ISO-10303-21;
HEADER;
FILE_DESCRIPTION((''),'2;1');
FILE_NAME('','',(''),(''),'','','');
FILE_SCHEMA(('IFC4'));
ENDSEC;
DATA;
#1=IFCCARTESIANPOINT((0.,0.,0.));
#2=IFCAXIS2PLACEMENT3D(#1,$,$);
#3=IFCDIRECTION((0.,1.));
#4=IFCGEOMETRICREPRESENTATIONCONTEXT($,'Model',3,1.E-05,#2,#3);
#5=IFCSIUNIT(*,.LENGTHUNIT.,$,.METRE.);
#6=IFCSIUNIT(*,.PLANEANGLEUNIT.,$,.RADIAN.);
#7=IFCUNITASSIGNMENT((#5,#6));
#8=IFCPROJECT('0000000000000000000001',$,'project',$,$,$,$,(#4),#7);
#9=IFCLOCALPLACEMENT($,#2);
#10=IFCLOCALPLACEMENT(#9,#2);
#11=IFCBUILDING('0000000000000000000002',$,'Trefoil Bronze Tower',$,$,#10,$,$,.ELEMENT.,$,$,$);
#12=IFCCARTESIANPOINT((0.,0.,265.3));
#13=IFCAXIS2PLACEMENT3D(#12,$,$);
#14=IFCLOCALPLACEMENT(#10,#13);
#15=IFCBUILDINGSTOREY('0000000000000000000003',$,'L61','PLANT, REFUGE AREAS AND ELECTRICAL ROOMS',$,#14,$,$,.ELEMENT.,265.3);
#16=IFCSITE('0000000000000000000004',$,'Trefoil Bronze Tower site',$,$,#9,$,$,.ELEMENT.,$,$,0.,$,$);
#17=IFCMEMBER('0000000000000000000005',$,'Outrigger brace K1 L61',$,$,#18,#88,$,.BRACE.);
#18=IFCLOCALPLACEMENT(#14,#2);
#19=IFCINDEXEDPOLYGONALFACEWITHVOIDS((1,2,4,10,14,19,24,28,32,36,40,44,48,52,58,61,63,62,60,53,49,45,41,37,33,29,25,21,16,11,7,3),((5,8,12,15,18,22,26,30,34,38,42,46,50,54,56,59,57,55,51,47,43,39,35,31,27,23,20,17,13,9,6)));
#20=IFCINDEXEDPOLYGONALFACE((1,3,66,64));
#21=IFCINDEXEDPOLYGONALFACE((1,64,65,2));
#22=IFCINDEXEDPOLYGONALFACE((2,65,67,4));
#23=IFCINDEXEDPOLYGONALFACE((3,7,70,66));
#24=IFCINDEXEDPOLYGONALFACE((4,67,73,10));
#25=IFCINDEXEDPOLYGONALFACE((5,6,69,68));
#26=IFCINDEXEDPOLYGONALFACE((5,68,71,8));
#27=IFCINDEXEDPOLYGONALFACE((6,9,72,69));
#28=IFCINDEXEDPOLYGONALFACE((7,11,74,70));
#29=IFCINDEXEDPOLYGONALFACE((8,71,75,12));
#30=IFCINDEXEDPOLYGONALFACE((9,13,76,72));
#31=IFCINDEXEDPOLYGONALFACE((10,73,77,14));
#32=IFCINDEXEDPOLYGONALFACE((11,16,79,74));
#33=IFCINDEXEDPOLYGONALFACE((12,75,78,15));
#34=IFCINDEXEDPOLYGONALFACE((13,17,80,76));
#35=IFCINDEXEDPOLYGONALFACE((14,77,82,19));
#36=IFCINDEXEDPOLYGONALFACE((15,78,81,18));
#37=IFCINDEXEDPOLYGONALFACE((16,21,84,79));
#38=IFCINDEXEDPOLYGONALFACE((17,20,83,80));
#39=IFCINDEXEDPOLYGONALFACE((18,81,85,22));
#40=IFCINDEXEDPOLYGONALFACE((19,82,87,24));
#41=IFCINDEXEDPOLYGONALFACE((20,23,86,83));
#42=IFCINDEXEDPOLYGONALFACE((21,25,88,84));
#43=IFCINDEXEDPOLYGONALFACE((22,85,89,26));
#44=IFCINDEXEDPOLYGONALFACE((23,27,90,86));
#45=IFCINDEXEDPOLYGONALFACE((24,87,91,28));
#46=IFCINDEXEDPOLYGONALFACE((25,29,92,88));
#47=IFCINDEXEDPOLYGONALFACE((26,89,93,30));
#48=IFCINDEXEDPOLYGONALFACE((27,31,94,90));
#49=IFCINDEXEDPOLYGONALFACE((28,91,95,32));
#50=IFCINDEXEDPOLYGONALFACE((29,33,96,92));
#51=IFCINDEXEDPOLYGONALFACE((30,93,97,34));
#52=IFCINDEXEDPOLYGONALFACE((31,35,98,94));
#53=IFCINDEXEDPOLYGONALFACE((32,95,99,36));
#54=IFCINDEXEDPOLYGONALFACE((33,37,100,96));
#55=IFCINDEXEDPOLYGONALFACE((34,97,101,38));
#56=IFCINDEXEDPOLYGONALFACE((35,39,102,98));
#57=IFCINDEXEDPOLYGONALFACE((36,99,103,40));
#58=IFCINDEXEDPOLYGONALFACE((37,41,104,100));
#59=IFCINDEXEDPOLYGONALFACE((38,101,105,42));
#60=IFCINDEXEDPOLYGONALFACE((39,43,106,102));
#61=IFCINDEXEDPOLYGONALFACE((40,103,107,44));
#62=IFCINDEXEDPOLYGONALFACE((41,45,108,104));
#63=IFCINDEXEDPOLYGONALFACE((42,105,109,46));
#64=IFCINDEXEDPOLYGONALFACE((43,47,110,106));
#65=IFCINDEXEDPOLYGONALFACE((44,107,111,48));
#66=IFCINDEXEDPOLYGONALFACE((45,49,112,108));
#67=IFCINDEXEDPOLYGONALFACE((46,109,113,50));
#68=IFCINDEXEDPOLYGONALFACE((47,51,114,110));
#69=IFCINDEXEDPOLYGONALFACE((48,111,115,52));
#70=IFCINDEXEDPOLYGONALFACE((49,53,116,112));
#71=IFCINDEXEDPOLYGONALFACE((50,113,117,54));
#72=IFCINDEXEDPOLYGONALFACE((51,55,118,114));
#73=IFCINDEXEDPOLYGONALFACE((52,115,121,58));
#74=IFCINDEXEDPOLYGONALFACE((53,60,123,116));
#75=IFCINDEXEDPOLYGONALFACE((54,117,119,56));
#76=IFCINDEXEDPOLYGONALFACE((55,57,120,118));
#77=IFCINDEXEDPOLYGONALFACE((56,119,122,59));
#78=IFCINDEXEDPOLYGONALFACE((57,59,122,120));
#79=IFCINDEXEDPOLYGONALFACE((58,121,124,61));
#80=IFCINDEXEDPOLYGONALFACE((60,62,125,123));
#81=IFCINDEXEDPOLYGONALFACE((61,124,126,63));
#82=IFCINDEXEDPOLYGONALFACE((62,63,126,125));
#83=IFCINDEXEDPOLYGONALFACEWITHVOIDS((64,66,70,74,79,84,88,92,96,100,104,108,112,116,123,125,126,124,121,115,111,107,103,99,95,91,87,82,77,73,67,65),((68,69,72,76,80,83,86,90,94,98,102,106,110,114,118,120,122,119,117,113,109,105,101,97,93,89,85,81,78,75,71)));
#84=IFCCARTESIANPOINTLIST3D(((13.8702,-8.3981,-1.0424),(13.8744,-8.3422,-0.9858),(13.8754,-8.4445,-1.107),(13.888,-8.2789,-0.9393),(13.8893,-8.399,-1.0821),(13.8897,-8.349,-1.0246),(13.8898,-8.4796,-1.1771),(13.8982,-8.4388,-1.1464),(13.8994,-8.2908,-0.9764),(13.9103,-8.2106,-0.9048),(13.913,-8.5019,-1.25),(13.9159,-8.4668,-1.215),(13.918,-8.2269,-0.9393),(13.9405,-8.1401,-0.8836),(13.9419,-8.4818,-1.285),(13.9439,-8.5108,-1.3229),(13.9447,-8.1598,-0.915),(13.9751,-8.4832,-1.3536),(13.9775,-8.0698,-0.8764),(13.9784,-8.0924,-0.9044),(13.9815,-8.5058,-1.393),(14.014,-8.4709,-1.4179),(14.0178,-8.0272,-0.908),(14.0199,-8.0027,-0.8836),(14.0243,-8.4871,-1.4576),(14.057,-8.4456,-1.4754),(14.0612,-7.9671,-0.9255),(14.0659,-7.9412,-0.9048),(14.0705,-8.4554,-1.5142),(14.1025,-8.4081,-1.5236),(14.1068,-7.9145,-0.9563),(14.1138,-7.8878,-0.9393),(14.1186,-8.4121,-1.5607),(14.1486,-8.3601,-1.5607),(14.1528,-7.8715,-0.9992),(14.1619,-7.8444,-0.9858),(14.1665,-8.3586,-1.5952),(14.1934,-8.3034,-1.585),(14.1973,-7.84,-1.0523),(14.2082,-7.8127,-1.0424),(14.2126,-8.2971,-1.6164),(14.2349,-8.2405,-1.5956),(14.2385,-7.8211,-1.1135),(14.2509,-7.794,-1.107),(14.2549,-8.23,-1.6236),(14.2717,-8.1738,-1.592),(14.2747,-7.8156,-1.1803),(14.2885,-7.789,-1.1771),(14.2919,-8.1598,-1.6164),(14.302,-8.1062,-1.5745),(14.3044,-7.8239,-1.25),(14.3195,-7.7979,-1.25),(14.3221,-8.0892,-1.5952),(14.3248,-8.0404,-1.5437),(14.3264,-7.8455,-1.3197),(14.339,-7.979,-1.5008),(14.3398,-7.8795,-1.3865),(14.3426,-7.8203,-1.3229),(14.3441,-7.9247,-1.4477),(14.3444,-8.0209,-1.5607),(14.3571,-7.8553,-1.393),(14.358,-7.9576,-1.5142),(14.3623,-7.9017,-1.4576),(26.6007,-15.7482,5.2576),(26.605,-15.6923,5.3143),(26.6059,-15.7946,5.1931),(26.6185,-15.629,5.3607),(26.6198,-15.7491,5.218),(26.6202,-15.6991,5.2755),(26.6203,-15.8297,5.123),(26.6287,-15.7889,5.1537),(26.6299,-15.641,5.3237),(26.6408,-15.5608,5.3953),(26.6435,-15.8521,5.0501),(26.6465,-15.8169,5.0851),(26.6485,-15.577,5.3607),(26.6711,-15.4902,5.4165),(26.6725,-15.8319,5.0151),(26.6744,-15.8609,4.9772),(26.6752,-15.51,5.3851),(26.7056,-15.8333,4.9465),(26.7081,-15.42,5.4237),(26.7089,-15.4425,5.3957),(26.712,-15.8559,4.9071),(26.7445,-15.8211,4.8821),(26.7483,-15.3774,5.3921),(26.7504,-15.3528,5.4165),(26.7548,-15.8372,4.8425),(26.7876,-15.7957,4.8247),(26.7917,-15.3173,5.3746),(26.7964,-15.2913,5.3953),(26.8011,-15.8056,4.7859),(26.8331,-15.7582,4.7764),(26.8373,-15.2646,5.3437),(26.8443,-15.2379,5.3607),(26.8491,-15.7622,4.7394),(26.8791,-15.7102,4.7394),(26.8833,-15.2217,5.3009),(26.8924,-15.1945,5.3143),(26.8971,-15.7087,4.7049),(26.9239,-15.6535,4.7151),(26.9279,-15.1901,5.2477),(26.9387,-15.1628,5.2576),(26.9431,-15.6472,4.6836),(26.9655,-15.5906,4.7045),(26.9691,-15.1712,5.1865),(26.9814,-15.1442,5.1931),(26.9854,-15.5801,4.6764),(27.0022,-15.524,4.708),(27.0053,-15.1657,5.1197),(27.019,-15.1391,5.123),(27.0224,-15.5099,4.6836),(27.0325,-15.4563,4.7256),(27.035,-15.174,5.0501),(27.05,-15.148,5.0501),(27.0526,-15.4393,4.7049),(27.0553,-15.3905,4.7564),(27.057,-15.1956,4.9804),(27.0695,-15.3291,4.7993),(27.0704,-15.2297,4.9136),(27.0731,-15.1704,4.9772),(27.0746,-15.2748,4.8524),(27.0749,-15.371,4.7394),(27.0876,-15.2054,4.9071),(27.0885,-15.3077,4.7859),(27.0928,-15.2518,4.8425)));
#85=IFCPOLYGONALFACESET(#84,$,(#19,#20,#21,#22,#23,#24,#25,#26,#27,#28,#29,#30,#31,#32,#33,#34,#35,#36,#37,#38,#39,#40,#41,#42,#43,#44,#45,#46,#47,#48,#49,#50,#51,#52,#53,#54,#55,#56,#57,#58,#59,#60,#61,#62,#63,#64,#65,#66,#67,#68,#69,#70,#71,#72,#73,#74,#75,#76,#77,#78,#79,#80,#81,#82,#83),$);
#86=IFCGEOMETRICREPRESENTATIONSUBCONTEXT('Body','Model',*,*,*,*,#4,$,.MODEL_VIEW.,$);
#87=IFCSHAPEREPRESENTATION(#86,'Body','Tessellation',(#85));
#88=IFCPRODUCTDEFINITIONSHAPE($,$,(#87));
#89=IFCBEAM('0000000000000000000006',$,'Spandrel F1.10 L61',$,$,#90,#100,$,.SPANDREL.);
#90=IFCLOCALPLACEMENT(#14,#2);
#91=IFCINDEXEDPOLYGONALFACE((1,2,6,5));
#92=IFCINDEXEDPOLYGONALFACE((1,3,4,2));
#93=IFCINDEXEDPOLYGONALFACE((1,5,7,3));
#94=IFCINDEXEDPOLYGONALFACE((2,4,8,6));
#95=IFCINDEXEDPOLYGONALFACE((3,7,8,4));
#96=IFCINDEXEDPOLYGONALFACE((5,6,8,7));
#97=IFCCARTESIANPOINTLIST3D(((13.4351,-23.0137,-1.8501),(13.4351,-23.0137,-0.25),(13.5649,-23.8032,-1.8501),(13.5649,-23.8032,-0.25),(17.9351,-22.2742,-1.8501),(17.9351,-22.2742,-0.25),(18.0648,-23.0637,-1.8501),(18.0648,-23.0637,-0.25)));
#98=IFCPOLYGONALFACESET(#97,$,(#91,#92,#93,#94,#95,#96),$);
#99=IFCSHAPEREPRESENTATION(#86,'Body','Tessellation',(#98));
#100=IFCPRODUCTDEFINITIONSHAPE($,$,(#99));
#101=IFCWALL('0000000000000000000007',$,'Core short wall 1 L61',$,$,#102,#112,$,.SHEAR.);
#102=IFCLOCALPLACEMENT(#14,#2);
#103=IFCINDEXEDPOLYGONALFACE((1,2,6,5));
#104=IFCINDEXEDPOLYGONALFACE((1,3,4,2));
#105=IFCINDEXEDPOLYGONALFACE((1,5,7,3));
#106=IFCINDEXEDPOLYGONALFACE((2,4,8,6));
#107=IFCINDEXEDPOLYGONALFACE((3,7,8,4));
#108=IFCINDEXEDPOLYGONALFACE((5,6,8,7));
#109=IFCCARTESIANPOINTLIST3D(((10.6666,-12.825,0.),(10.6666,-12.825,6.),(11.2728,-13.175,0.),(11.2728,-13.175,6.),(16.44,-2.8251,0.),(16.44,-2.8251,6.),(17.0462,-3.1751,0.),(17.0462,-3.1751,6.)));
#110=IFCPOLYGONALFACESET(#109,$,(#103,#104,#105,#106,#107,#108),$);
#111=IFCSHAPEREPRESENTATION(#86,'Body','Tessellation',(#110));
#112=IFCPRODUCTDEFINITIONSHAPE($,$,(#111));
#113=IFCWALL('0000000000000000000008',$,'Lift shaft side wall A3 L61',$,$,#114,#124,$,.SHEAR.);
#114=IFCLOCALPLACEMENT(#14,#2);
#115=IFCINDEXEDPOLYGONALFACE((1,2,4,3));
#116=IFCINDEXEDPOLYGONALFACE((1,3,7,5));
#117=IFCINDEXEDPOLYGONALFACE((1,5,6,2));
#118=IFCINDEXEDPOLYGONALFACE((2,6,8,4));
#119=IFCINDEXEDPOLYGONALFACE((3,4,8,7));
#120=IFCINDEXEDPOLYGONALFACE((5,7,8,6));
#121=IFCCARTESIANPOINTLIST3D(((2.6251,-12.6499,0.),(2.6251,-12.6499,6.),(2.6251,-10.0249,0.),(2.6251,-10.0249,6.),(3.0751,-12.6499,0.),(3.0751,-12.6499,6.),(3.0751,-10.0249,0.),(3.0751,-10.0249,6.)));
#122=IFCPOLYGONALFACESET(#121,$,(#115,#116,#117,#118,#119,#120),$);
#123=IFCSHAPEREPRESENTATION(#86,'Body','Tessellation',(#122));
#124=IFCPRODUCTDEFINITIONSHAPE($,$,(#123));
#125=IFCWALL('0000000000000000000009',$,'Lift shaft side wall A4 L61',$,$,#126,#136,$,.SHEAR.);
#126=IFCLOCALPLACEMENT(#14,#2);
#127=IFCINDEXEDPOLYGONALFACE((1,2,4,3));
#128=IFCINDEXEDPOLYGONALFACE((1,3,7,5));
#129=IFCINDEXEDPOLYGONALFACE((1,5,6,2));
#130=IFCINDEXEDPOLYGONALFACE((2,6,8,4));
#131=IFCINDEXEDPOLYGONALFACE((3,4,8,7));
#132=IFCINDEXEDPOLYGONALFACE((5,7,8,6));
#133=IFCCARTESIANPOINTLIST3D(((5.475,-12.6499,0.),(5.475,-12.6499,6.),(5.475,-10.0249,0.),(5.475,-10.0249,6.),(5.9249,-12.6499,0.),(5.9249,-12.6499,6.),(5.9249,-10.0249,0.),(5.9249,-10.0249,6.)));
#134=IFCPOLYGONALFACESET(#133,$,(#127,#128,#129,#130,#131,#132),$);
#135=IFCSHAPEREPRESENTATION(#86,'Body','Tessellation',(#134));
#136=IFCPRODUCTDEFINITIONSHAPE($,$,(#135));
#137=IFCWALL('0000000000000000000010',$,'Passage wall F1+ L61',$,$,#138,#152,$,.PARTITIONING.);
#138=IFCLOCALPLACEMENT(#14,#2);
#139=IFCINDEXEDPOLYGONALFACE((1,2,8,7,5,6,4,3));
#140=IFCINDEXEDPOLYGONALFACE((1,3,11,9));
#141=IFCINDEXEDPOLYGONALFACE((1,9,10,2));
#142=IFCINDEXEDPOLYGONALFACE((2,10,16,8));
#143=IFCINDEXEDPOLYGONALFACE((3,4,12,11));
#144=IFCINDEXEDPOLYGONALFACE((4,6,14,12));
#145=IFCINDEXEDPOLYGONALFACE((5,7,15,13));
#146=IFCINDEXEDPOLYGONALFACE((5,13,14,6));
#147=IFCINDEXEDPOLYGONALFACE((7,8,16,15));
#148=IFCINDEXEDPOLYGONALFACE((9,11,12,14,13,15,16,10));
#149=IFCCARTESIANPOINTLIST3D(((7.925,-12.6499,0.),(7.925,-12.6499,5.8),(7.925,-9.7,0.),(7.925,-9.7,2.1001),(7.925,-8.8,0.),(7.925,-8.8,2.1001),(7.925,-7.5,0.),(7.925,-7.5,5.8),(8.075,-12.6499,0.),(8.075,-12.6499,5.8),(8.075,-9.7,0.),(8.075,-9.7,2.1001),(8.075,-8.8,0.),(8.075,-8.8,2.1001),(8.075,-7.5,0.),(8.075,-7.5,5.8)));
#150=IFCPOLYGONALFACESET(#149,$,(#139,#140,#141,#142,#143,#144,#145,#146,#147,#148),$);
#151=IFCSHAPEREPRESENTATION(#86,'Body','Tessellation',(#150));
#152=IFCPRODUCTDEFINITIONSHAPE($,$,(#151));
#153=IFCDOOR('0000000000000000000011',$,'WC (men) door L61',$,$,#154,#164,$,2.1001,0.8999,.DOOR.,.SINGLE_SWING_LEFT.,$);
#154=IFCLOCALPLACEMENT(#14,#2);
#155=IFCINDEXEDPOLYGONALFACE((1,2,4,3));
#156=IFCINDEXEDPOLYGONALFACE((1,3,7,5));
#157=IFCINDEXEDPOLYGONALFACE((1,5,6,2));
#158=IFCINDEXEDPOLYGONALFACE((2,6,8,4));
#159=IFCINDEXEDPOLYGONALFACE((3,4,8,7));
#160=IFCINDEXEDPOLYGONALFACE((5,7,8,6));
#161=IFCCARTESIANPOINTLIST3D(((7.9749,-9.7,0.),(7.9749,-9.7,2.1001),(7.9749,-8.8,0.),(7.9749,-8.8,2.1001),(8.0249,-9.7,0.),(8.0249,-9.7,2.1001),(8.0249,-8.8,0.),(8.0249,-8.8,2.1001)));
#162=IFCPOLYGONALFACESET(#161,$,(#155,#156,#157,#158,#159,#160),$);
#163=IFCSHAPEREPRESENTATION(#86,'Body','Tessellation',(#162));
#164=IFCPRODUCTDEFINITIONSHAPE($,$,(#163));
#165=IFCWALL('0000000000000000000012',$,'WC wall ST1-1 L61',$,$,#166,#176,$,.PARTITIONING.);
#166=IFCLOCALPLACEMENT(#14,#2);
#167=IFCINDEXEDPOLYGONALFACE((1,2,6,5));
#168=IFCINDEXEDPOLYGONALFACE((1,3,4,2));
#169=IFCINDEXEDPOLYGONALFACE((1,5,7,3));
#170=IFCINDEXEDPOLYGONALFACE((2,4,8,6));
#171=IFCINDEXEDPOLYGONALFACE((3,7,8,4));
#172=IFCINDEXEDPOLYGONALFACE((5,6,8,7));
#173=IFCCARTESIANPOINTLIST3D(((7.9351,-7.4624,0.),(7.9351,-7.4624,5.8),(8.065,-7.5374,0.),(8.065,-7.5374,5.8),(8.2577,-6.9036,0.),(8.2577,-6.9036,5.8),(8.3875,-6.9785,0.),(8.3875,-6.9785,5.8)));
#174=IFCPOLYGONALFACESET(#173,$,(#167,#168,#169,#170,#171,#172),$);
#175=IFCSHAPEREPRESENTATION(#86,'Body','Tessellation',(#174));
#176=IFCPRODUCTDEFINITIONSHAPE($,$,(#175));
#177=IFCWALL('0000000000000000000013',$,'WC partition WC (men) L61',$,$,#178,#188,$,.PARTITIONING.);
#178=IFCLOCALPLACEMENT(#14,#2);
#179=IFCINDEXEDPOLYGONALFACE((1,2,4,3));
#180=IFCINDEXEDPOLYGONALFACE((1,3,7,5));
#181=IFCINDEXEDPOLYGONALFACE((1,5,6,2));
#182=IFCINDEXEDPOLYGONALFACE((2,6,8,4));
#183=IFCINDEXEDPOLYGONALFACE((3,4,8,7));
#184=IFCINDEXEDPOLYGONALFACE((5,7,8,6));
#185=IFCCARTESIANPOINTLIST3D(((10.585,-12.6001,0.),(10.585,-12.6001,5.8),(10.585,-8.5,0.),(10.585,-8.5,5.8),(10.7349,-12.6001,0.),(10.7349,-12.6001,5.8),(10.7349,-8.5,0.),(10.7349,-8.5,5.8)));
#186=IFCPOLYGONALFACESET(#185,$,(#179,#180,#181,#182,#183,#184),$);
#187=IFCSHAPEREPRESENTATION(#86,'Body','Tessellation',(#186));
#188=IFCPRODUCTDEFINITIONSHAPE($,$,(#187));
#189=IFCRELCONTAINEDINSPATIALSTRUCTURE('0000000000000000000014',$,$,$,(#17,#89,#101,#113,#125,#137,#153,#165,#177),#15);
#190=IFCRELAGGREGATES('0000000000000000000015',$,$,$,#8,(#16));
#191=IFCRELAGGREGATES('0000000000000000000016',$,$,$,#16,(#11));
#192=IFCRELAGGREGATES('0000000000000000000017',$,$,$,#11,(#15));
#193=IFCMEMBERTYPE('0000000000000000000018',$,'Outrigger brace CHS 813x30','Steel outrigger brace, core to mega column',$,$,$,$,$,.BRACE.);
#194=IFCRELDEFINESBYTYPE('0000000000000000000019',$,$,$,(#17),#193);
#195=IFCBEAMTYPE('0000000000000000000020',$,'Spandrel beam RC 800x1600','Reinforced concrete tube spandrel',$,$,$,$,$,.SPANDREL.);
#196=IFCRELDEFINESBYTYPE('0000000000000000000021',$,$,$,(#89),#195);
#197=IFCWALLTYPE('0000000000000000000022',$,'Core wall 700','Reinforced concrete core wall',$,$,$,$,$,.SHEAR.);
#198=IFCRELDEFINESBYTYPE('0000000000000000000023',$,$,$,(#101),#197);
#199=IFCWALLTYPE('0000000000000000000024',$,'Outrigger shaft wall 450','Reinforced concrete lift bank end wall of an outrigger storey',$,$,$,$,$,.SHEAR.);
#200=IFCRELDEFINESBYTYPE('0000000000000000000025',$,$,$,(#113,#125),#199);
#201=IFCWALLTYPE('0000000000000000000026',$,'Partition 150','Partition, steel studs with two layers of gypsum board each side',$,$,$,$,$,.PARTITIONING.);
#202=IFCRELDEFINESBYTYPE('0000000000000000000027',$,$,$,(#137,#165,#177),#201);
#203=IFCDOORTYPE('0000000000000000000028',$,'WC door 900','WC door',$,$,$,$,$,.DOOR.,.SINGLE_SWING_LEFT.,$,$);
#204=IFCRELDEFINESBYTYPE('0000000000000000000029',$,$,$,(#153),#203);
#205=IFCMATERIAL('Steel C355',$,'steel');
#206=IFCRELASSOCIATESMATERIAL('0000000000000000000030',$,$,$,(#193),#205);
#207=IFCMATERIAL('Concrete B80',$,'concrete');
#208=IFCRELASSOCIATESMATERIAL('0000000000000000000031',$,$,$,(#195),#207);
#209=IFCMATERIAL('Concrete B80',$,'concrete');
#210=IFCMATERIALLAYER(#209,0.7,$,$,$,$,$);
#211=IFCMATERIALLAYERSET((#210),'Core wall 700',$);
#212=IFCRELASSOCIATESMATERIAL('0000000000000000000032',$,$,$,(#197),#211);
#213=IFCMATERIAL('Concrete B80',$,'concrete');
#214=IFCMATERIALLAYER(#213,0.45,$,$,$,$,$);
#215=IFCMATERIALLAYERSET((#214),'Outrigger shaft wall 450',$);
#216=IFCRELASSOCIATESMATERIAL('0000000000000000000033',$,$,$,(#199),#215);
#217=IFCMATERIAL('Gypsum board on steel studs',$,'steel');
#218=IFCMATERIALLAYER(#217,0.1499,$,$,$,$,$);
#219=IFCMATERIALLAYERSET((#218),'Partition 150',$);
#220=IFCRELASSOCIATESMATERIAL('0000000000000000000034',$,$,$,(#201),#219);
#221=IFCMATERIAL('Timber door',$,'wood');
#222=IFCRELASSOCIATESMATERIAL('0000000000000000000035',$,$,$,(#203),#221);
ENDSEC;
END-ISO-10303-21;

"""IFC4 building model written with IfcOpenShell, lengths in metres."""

from ifc_helpers import new_model, si_unit, direction, frame, frame_2d, origin, origin_2d, place, context, subcontext, project, spatial, rectangle, hollow_circle, extrude, material, layer, layer_set, material_profile, profile_set, type_object, element, fill, save


model = new_model("IFC4")

# Units and contexts
model_context = context("Model", 3, precision=1e-05, world=origin(), true_north=direction((0.0, 1.0)))
body_context = subcontext(model_context, "Body", "Model", "MODEL_VIEW")
ifc_project = project(units=[si_unit("LENGTHUNIT", "METRE"), si_unit("PLANEANGLEUNIT", "RADIAN")], contexts=[model_context])

# Site, building, storey
site_placement = place(None, origin())
site = spatial("IfcSite", under=ifc_project, at=site_placement, Name="Trefoil Bronze Tower site", CompositionType="ELEMENT", RefElevation=0.0)
building_placement = place(site_placement, origin())
building = spatial("IfcBuilding", under=site, at=building_placement, Name="Trefoil Bronze Tower", CompositionType="ELEMENT")
storey_placement = place(building_placement, frame((0.0, 0.0, 265.3)))
storey = spatial("IfcBuildingStorey", under=building, at=storey_placement, Name="L61", Description="PLANT, REFUGE AREAS AND ELECTRICAL ROOMS", CompositionType="ELEMENT", Elevation=265.3)

# Member
ifc_material_1 = material(Name="Steel C355", Category="steel")
ifc_material_profile_1 = material_profile(ifc_material_1, hollow_circle(Radius=0.4065, WallThickness=0.03, at=origin_2d()), Name="CHS 813x30")
ifc_profile_set_1 = profile_set([ifc_material_profile_1], Name="Steel C355")
member_type_1 = type_object("IfcMemberType", Name="Outrigger brace CHS 813x30", Description="Steel outrigger brace, core to mega column", PredefinedType="BRACE", material=ifc_profile_set_1)
member_1_placement = place(storey_placement, frame((14.1162, -8.1499, -1.25), z_axis=(0.795997, -0.459579, 0.393923), x_axis=(0.500008, 0.866021, 0.0)))
element("IfcMember", 1, at=member_1_placement, inside=storey, type_object=member_type_1, Name="Outrigger brace K1 L61", PredefinedType="BRACE", context=body_context, shape_type="SweptSolid", body=[
    extrude(hollow_circle(Radius=0.4065, WallThickness=0.03, at=origin_2d()), origin(), (0.0, 0.0, 1.0), 15.9932),
])

# Beam
ifc_material_2 = material(Name="Concrete B80", Category="concrete")
ifc_material_profile_2 = material_profile(ifc_material_2, rectangle(XDim=0.8, YDim=1.6001, at=origin_2d()), Name="RC 800x1600")
ifc_profile_set_2 = profile_set([ifc_material_profile_2], Name="Concrete B80")
beam_type_1 = type_object("IfcBeamType", Name="Spandrel beam RC 800x1600", Description="Reinforced concrete tube spandrel", PredefinedType="SPANDREL", material=ifc_profile_set_2)
beam_1_placement = place(storey_placement, frame((13.5, -23.4084, -1.05), z_axis=(0.986765, 0.162159, 0.0), x_axis=(-0.162159, 0.986765, 0.0)))
element("IfcBeam", 2, at=beam_1_placement, inside=storey, type_object=beam_type_1, Name="Spandrel F1.10 L61", PredefinedType="SPANDREL", context=body_context, shape_type="SweptSolid", body=[
    extrude(rectangle(XDim=0.8, YDim=1.6001, at=origin_2d()), origin(), (0.0, 0.0, 1.0), 4.5603),
])

# Walls
ifc_material_3 = material(Name="Concrete B80", Category="concrete")
ifc_layer_1 = layer(ifc_material_3, 0.7)
ifc_layer_set_1 = layer_set([ifc_layer_1], Name="Core wall 700")
wall_type_1 = type_object("IfcWallType", Name="Core wall 700", Description="Reinforced concrete core wall", PredefinedType="SHEAR", material=ifc_layer_set_1)
wall_1_placement = place(storey_placement, frame((10.9697, -13.0, 0.0), z_axis=(0.0, 0.0, 1.0), x_axis=(0.499996, 0.866028, 0.0)))
element("IfcWall", 3, at=wall_1_placement, inside=storey, type_object=wall_type_1, Name="Core short wall 1 L61", PredefinedType="SHEAR", context=body_context, shape_type="SweptSolid", body=[
    extrude(rectangle(XDim=11.5469, YDim=0.7, at=frame_2d((5.7734, 0.0))), origin(), (0.0, 0.0, 1.0), 6.0),
])
ifc_material_4 = material(Name="Concrete B80", Category="concrete")
ifc_layer_2 = layer(ifc_material_4, 0.45)
ifc_layer_set_2 = layer_set([ifc_layer_2], Name="Outrigger shaft wall 450")
wall_type_2 = type_object("IfcWallType", Name="Outrigger shaft wall 450", Description="Reinforced concrete lift bank end wall of an outrigger storey", PredefinedType="SHEAR", material=ifc_layer_set_2)
for number, where, z_axis, x_axis, name in (
    (4, (2.8501, -10.0249, 0.0), (0.0, 0.0, 1.0), (0.0, -1.0, 0.0), "Lift shaft side wall A3 L61"),
    (5, (5.7, -10.0249, 0.0), (0.0, 0.0, 1.0), (0.0, -1.0, 0.0), "Lift shaft side wall A4 L61"),
):
    element("IfcWall", number, at=place(storey_placement, frame(where, z_axis=z_axis, x_axis=x_axis)), inside=storey, type_object=wall_type_2, Name=name, PredefinedType="SHEAR", context=body_context, shape_type="SweptSolid", body=[
        extrude(rectangle(XDim=2.625, YDim=0.45, at=frame_2d((1.3125, 0.0))), origin(), (0.0, 0.0, 1.0), 6.0),
    ])

# Wall, opening, door
ifc_material_5 = material(Name="Gypsum board on steel studs", Category="steel")
ifc_layer_3 = layer(ifc_material_5, 0.1499)
ifc_layer_set_3 = layer_set([ifc_layer_3], Name="Partition 150")
wall_type_3 = type_object("IfcWallType", Name="Partition 150", Description="Partition, steel studs with two layers of gypsum board each side", PredefinedType="PARTITIONING", material=ifc_layer_set_3)
wall_2_placement = place(storey_placement, frame((8.0, -7.5, 0.0), z_axis=(0.0, 0.0, 1.0), x_axis=(0.0, -1.0, 0.0)))
wall_2 = element("IfcWall", 6, at=wall_2_placement, inside=storey, type_object=wall_type_3, Name="Passage wall F1+ L61", PredefinedType="PARTITIONING", context=body_context, shape_type="SweptSolid", body=[
    extrude(rectangle(XDim=5.1499, YDim=0.1499, at=frame_2d((2.575, 0.0))), origin(), (0.0, 0.0, 1.0), 5.8),
])
opening_1_placement = place(wall_2_placement, frame((1.3, 0.0, 0.0)))
opening_1 = element("IfcOpeningElement", 7, at=opening_1_placement, cuts=wall_2, PredefinedType="OPENING", context=body_context, shape_type="SweptSolid", body=[
    extrude(rectangle(XDim=0.8999, YDim=2.1001, at=frame_2d((0.45, 1.05))), frame((0.0, 0.085, 0.0), z_axis=(0.0, -1.0, 0.0), x_axis=(1.0, 0.0, 0.0)), (0.0, 0.0, 1.0), 0.1699),
])
ifc_material_6 = material(Name="Timber door", Category="wood")
door_type_1 = type_object("IfcDoorType", Name="WC door 900", Description="WC door", OperationType="SINGLE_SWING_LEFT", PredefinedType="DOOR", material=ifc_material_6)
door_1_placement = place(opening_1_placement, origin())
door_1 = element("IfcDoor", 8, at=door_1_placement, inside=storey, type_object=door_type_1, Name="WC (men) door L61", OperationType="SINGLE_SWING_LEFT", OverallHeight=2.1001, OverallWidth=0.8999, PredefinedType="DOOR", context=body_context, shape_type="SweptSolid", body=[
    extrude(rectangle(XDim=0.8999, YDim=2.1001, at=frame_2d((0.45, 1.05))), frame((0.0, 0.0249, 0.0), z_axis=(0.0, -1.0, 0.0), x_axis=(1.0, 0.0, 0.0)), (0.0, 0.0, 1.0), 0.05),
])
fill(opening_1, door_1)

# Walls
wall_3_placement = place(storey_placement, frame((8.0, -7.5, 0.0), z_axis=(0.0, 0.0, 1.0), x_axis=(0.499843, 0.866116, 0.0)))
element("IfcWall", 9, at=wall_3_placement, inside=storey, type_object=wall_type_3, Name="WC wall ST1-1 L61", PredefinedType="PARTITIONING", context=body_context, shape_type="SweptSolid", body=[
    extrude(rectangle(XDim=0.6453, YDim=0.1499, at=frame_2d((0.3228, 0.0))), origin(), (0.0, 0.0, 1.0), 5.8),
])
wall_4_placement = place(storey_placement, frame((10.6599, -8.5, 0.0), z_axis=(0.0, 0.0, 1.0), x_axis=(0.0, -1.0, 0.0)))
element("IfcWall", 10, at=wall_4_placement, inside=storey, type_object=wall_type_3, Name="WC partition WC (men) L61", PredefinedType="PARTITIONING", context=body_context, shape_type="SweptSolid", body=[
    extrude(rectangle(XDim=4.1001, YDim=0.1499, at=frame_2d((2.05, 0.0))), origin(), (0.0, 0.0, 1.0), 5.8),
])

save(model, "model.ifc")
